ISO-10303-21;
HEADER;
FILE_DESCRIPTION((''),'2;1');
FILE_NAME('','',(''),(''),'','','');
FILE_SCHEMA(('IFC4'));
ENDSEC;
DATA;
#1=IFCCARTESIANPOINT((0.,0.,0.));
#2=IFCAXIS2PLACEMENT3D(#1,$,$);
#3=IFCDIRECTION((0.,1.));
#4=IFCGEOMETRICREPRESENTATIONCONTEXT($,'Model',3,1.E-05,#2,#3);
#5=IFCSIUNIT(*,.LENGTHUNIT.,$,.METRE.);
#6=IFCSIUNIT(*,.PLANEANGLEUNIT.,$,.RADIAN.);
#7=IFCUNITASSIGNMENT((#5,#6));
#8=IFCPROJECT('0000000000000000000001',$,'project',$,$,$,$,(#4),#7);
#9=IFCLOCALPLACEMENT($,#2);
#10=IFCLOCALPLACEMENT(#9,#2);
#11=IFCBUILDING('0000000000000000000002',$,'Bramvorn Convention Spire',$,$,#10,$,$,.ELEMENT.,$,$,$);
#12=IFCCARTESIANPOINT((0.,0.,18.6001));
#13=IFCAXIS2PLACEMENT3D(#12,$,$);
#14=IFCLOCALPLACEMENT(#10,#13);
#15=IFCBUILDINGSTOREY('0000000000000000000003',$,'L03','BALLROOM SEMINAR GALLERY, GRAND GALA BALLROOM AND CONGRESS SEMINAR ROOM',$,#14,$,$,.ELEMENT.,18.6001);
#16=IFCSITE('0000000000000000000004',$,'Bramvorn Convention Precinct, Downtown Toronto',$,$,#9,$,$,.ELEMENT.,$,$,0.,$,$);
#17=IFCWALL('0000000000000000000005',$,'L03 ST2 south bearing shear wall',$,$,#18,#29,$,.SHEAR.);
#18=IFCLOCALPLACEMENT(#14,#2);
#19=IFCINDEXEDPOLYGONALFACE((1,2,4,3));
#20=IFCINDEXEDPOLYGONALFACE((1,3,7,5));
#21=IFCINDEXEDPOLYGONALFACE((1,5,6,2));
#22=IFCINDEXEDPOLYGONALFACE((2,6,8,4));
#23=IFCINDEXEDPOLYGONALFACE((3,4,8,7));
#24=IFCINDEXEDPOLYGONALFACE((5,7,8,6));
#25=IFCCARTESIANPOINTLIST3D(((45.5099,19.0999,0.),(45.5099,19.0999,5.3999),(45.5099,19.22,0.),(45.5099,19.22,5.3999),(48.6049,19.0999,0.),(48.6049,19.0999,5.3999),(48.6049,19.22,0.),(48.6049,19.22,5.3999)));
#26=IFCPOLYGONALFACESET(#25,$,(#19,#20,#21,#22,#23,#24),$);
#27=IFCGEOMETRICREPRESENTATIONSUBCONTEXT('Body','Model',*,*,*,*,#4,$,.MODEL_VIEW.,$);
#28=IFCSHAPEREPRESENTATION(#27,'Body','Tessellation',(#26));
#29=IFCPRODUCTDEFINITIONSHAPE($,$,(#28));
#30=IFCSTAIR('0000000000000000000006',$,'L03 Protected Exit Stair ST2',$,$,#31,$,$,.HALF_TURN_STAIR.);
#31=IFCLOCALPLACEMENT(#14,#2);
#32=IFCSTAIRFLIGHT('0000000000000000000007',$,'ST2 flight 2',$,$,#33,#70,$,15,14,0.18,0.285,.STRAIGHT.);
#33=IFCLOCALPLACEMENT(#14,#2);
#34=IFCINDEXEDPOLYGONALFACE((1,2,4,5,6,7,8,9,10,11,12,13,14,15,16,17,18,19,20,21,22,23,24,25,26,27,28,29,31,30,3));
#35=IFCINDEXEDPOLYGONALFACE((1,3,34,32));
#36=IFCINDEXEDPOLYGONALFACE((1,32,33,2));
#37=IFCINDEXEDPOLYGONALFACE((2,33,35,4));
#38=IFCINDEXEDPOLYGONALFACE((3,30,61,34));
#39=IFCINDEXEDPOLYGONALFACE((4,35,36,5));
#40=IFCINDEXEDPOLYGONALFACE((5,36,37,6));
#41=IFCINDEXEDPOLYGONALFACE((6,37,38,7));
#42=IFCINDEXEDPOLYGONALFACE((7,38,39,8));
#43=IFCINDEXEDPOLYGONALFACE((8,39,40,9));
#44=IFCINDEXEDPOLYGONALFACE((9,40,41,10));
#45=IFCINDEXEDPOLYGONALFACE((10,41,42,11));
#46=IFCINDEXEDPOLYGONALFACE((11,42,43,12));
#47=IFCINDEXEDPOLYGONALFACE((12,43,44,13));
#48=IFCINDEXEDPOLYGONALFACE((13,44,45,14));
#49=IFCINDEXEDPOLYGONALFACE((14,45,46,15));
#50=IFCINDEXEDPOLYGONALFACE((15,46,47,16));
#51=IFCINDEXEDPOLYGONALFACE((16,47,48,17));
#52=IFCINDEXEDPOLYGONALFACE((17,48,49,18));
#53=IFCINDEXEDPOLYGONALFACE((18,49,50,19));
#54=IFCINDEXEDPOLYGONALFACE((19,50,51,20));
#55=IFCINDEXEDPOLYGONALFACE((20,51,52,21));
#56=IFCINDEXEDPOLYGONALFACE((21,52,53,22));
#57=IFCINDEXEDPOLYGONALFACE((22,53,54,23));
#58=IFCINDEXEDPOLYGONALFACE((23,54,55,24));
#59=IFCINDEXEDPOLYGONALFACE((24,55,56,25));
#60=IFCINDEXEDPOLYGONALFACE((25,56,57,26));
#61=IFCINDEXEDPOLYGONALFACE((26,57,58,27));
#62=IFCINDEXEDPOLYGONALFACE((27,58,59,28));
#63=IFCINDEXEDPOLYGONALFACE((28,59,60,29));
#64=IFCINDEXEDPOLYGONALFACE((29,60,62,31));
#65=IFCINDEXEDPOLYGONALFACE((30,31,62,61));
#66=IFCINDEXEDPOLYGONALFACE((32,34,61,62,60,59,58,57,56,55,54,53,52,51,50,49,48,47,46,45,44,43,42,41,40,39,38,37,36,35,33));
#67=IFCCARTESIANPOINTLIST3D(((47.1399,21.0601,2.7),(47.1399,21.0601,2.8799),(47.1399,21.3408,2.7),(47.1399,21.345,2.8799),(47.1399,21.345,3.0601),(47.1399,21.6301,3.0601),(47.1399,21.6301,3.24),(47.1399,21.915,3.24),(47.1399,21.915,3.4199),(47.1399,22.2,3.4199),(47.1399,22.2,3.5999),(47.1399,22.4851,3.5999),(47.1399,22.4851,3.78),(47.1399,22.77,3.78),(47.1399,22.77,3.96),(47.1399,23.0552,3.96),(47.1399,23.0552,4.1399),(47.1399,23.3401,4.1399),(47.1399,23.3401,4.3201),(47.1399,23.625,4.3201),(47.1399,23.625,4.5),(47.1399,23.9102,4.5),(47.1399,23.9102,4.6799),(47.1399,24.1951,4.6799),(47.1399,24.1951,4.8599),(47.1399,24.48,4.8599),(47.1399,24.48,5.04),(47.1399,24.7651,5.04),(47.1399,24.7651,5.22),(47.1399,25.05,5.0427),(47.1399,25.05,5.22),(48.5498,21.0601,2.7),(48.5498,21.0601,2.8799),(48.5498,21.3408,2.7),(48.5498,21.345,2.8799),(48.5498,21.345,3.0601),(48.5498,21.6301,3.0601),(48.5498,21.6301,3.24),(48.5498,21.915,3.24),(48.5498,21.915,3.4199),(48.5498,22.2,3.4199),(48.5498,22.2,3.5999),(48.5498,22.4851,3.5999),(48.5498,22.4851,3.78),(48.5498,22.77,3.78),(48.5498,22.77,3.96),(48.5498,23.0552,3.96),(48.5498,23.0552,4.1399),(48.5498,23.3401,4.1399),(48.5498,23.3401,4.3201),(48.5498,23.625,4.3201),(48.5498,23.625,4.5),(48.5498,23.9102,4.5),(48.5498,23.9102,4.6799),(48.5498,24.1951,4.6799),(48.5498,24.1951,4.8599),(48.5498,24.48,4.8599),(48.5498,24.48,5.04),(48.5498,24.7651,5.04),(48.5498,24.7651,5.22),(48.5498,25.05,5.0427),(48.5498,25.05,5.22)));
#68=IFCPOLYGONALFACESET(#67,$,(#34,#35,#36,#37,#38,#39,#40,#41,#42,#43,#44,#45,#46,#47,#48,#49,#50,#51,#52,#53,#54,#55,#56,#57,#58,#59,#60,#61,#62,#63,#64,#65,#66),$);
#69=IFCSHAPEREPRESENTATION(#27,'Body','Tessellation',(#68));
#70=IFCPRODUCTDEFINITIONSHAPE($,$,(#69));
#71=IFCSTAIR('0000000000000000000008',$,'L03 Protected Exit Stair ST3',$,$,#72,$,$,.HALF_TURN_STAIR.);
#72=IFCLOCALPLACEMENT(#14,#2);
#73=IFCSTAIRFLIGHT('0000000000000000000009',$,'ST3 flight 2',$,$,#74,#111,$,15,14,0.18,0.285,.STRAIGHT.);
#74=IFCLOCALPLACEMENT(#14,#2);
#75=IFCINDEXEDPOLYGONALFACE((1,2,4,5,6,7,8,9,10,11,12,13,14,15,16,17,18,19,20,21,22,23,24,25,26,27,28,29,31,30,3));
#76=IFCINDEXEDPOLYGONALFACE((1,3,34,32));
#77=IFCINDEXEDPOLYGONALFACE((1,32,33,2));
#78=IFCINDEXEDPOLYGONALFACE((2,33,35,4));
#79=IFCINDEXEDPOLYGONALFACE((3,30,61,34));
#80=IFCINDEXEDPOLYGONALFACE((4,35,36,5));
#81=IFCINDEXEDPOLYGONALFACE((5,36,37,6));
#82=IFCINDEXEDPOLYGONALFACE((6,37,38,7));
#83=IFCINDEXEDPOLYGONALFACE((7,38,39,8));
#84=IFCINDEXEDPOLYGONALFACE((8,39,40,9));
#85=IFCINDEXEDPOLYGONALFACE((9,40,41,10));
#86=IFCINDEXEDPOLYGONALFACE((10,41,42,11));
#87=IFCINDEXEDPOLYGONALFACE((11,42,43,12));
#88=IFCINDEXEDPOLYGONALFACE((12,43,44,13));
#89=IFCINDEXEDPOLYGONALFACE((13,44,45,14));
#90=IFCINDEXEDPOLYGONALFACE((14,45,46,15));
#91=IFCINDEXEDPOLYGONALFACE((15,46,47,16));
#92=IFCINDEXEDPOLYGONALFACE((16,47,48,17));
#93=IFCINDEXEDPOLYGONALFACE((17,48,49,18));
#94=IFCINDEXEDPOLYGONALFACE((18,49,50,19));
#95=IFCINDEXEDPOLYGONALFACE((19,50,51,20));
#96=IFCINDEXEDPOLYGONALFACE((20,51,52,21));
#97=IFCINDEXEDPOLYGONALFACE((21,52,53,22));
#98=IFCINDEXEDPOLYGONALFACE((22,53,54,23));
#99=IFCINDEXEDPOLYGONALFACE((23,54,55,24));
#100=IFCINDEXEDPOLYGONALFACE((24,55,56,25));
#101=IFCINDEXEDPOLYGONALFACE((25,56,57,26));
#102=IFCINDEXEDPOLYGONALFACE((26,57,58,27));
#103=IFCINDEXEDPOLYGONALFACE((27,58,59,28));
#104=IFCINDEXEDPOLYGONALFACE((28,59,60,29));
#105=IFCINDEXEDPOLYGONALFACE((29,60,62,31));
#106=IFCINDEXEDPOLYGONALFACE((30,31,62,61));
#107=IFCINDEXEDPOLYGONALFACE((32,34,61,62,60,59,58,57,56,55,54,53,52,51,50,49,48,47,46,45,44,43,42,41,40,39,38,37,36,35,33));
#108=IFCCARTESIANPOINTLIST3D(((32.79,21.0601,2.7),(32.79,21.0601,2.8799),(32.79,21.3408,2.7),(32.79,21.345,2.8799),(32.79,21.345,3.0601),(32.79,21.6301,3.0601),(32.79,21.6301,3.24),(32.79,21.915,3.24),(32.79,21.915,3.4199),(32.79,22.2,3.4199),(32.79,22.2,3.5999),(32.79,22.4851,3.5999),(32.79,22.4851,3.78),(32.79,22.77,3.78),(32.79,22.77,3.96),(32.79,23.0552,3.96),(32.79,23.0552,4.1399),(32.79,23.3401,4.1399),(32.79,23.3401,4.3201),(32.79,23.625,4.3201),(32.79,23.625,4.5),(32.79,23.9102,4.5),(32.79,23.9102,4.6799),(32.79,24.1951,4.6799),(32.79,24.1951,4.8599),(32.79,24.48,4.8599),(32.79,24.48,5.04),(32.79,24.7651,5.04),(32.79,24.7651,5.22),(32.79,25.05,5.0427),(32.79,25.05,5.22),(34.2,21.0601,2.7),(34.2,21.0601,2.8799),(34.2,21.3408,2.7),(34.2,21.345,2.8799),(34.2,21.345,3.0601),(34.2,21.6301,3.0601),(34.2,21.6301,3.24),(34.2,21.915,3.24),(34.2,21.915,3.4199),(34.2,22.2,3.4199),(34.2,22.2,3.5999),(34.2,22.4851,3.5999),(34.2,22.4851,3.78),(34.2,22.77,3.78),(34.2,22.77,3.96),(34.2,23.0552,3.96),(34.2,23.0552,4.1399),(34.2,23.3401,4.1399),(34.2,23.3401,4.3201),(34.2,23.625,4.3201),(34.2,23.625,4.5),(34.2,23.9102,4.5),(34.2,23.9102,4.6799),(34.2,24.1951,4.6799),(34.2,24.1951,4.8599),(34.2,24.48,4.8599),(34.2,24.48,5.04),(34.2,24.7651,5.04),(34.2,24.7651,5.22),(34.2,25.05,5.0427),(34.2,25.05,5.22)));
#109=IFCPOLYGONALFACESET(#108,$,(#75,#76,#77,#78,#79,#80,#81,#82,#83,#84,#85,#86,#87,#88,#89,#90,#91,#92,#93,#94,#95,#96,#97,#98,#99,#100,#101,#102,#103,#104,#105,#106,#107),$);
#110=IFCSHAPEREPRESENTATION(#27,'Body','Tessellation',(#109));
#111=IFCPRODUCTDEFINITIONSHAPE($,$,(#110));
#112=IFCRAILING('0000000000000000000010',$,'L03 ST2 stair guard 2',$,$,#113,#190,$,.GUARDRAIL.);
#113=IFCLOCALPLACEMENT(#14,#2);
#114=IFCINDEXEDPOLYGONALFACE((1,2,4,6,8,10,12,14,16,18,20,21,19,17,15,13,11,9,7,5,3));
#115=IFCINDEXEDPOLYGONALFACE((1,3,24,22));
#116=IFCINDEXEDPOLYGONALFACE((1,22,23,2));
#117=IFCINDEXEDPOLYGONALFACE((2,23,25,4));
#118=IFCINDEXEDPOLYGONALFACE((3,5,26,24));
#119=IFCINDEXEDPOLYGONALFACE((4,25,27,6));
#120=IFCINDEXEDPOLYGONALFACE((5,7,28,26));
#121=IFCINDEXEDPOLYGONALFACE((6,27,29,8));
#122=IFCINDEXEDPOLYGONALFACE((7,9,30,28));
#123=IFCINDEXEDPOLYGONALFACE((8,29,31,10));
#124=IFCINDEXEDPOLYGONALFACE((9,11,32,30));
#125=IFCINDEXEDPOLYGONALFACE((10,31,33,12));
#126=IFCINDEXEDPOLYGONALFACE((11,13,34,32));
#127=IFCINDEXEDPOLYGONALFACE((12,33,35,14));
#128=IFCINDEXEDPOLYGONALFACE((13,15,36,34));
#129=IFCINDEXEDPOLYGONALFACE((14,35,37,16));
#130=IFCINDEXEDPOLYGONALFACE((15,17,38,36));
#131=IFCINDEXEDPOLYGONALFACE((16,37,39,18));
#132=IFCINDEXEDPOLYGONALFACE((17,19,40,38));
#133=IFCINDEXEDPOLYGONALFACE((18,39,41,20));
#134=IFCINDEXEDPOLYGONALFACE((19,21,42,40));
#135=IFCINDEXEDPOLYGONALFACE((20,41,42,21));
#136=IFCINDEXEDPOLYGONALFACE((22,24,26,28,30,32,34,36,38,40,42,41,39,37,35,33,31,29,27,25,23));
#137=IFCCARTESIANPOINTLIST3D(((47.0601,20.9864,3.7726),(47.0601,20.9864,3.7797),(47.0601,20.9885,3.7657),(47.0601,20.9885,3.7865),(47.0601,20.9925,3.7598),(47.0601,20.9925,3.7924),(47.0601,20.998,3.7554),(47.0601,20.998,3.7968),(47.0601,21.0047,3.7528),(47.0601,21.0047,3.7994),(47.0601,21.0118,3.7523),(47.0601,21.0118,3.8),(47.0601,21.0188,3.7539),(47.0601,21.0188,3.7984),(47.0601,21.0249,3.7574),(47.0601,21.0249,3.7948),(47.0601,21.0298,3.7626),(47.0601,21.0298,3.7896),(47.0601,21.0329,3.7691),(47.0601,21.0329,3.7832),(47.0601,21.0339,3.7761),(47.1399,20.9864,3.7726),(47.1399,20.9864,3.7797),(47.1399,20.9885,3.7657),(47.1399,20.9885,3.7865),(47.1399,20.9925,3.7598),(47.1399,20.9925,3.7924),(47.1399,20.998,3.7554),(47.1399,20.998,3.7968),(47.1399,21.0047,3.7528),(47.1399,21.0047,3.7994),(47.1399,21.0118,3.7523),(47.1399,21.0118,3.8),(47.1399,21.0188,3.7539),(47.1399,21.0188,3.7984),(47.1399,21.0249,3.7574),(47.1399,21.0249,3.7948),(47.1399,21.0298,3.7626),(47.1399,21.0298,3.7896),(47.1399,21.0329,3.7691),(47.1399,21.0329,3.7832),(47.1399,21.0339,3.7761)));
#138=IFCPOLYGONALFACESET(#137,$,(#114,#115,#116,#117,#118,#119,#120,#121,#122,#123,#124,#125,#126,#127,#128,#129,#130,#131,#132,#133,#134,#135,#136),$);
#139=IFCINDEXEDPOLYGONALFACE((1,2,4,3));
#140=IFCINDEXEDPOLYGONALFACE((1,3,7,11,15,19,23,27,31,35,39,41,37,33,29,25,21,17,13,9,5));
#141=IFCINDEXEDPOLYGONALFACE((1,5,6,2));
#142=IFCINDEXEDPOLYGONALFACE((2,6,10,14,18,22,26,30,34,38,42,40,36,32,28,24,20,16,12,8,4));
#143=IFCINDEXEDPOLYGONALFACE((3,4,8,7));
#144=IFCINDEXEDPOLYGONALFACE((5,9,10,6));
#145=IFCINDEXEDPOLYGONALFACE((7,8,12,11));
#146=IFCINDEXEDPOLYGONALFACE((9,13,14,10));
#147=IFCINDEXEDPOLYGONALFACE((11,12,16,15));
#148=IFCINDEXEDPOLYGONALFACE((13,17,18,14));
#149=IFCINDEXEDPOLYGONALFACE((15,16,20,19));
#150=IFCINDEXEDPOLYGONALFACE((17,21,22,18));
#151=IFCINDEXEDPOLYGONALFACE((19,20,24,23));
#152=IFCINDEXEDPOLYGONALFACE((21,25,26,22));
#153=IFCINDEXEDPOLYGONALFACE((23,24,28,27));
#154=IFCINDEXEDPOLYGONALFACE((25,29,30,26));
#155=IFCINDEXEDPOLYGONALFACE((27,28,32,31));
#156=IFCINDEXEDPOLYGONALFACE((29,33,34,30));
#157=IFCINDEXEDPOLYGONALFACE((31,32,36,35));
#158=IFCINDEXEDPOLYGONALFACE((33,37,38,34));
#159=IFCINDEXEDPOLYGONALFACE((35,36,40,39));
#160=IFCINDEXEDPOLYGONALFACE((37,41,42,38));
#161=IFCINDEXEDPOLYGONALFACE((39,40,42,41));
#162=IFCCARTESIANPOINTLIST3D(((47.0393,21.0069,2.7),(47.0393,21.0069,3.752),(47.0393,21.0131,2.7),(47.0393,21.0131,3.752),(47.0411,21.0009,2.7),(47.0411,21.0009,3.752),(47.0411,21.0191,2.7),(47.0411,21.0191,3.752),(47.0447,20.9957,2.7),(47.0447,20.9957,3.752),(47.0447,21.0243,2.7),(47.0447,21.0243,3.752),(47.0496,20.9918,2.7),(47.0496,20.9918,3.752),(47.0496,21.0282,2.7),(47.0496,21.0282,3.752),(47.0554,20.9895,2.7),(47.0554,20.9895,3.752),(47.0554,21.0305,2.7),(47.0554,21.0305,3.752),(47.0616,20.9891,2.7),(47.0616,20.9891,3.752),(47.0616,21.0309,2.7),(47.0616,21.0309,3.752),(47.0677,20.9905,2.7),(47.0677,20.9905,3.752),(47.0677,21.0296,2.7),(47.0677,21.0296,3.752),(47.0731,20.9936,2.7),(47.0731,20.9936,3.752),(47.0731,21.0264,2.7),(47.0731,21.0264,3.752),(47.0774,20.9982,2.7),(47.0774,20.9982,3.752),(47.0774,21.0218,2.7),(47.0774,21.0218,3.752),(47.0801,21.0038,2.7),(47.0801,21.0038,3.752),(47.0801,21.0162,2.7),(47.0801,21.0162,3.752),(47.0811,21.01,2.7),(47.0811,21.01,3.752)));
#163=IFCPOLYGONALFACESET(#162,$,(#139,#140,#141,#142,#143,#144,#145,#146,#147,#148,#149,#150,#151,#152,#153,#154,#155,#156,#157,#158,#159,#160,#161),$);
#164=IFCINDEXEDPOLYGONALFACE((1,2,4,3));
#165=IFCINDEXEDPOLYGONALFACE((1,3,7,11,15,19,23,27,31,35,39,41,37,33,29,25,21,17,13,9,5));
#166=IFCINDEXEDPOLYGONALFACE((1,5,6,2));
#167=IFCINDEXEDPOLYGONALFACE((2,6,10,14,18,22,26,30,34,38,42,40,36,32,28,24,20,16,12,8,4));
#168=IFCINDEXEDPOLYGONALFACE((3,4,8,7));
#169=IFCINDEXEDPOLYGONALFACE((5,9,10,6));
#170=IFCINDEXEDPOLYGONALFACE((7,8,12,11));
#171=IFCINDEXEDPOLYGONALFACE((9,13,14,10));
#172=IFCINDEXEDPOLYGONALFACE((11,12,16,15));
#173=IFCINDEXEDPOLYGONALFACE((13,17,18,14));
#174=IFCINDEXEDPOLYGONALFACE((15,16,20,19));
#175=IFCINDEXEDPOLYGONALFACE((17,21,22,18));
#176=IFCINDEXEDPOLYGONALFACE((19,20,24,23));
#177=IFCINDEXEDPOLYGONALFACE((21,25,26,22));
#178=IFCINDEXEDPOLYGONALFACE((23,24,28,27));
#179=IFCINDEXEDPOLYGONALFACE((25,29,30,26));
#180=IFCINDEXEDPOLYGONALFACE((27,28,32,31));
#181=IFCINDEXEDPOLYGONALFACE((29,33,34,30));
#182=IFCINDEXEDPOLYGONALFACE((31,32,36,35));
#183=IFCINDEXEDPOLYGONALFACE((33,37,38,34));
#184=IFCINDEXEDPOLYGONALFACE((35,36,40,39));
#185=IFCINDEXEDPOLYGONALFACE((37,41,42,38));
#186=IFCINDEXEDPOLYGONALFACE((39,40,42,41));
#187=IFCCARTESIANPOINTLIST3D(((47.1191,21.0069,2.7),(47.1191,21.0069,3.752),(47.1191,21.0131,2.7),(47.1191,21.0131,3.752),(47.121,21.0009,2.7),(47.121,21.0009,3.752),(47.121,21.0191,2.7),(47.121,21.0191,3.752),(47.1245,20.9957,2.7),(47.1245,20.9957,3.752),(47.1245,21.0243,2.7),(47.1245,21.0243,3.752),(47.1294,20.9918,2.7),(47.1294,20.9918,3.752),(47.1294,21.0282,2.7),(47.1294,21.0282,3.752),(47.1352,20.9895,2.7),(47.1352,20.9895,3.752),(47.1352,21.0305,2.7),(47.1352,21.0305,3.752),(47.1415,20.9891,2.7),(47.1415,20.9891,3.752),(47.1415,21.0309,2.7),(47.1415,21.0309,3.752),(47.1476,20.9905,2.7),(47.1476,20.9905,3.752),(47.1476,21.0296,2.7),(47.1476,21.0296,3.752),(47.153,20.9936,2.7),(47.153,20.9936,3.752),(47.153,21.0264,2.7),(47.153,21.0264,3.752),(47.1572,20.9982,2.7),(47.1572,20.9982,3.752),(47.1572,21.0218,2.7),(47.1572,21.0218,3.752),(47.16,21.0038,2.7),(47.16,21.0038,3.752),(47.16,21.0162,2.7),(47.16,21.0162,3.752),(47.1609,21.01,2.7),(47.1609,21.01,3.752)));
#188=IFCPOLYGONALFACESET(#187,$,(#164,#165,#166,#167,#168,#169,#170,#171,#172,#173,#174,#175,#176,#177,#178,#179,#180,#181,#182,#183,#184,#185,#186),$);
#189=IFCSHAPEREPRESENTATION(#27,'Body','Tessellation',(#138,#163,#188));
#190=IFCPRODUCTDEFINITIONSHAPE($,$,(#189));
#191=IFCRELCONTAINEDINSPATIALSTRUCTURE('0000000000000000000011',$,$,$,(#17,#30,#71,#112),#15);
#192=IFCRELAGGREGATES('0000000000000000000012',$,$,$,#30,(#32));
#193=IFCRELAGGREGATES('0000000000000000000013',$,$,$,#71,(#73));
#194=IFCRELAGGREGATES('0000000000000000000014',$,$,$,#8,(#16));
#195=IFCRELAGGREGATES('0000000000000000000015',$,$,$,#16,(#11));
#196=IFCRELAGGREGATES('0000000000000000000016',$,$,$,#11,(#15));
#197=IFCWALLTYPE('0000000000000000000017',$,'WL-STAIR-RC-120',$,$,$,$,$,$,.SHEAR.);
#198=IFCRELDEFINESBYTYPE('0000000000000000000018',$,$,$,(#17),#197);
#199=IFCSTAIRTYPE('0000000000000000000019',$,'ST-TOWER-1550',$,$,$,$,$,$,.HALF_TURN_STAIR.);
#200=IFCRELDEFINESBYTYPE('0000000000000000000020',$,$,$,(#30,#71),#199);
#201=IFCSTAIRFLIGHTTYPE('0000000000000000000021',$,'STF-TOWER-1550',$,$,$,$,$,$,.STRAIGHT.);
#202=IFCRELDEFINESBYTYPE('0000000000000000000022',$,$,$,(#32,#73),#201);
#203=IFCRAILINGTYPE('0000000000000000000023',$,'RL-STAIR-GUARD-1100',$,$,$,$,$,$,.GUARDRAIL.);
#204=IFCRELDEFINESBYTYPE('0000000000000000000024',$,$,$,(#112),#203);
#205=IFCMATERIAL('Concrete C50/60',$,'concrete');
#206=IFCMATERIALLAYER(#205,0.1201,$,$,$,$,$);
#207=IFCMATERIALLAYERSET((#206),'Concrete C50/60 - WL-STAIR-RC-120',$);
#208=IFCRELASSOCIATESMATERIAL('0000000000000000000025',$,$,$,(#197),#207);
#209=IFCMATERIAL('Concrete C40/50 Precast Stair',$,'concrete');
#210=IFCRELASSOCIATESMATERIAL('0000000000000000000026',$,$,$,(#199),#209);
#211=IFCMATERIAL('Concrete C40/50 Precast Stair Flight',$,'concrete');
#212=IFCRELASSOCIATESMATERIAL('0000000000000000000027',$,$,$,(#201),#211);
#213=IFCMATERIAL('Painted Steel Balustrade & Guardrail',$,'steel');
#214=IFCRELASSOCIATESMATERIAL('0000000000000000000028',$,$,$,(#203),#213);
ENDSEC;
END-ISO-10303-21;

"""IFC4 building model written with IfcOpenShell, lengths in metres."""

from ifc_helpers import new_model, si_unit, direction, frame, frame_2d, origin, origin_2d, place, context, subcontext, project, spatial, polyline, rectangle, circle, outline, extrude, material, layer, layer_set, type_object, element, aggregate, save


model = new_model("IFC4")

# Units and contexts
model_context = context("Model", 3, precision=1e-05, world=origin(), true_north=direction((0.0, 1.0)))
body_context = subcontext(model_context, "Body", "Model", "MODEL_VIEW")
ifc_project = project(units=[si_unit("LENGTHUNIT", "METRE"), si_unit("PLANEANGLEUNIT", "RADIAN")], contexts=[model_context])

# Site, building, storey
site_placement = place(None, origin())
site = spatial("IfcSite", under=ifc_project, at=site_placement, Name="Bramvorn Convention Precinct, Downtown Toronto", CompositionType="ELEMENT", RefElevation=0.0)
building_placement = place(site_placement, origin())
building = spatial("IfcBuilding", under=site, at=building_placement, Name="Bramvorn Convention Spire", CompositionType="ELEMENT")
storey_placement = place(building_placement, frame((0.0, 0.0, 18.6001)))
storey = spatial("IfcBuildingStorey", under=building, at=storey_placement, Name="L03", Description="BALLROOM SEMINAR GALLERY, GRAND GALA BALLROOM AND CONGRESS SEMINAR ROOM", CompositionType="ELEMENT", Elevation=18.6001)

# Shared definitions
ifc_material_1 = material(Name="Concrete C50/60", Category="concrete")

# Wall
ifc_layer_1 = layer(ifc_material_1, 0.1201)
ifc_layer_set_1 = layer_set([ifc_layer_1], Name="Concrete C50/60 - WL-STAIR-RC-120")
wall_type_1 = type_object("IfcWallType", Name="WL-STAIR-RC-120", PredefinedType="SHEAR", material=ifc_layer_set_1)
wall_1_placement = place(storey_placement, frame((45.51, 19.1599, 0.0), z_axis=(0.0, 0.0, 1.0), x_axis=(1.0, 0.0, 0.0)))
element("IfcWall", 1, at=wall_1_placement, inside=storey, type_object=wall_type_1, Name="L03 ST2 south bearing shear wall", PredefinedType="SHEAR", context=body_context, shape_type="SweptSolid", body=[
    extrude(rectangle(XDim=3.095, YDim=0.1201, at=frame_2d((1.5474, 0.0))), origin(), (0.0, 0.0, 1.0), 5.3999),
])

# Stairs, stair flights
ifc_material_2 = material(Name="Concrete C40/50 Precast Stair", Category="concrete")
stair_type = type_object("IfcStairType", Name="ST-TOWER-1550", PredefinedType="HALF_TURN_STAIR", material=ifc_material_2)
stair_1_placement = place(storey_placement, origin())
stair_1 = element("IfcStair", 2, at=stair_1_placement, inside=storey, type_object=stair_type, Name="L03 Protected Exit Stair ST2", PredefinedType="HALF_TURN_STAIR")
ifc_material_3 = material(Name="Concrete C40/50 Precast Stair Flight", Category="concrete")
stair_flight_type = type_object("IfcStairFlightType", Name="STF-TOWER-1550", PredefinedType="STRAIGHT", material=ifc_material_3)
stair_flight_1_placement = place(storey_placement, frame((47.845, 21.0601, 2.7), z_axis=(0.0, 0.0, 1.0), x_axis=(0.0, 1.0, 0.0)))
stair_flight_1 = element("IfcStairFlight", 3, at=stair_flight_1_placement, type_object=stair_flight_type, Name="ST2 flight 2", NumberOfRisers=15, NumberOfTreads=14, PredefinedType="STRAIGHT", RiserHeight=0.18, TreadLength=0.285, context=body_context, shape_type="SweptSolid", body=[
    extrude(outline(polyline([(0.0, 0.0), (0.0, 0.1799), (0.2849, 0.1799), (0.2849, 0.3601), (0.5701, 0.3601), (0.5701, 0.54), (0.855, 0.54), (0.855, 0.72), (1.1399, 0.72), (1.1399, 0.8999), (1.425, 0.8999), (1.425, 1.0801), (1.71, 1.0801), (1.71, 1.26), (1.9951, 1.26), (1.9951, 1.4399), (2.28, 1.4399), (2.28, 1.6201), (2.5649, 1.6201), (2.5649, 1.8), (2.8501, 1.8), (2.8501, 1.98), (3.135, 1.98), (3.135, 2.1599), (3.4199, 2.1599), (3.4199, 2.3401), (3.7051, 2.3401), (3.7051, 2.52), (3.99, 2.52), (3.99, 2.7), (3.99, 2.3428), (0.2808, 0.0), (0.0, 0.0)])), frame((0.0, 0.7051, 0.0), z_axis=(0.0, -1.0, 0.0), x_axis=(1.0, 0.0, 0.0)), (0.0, 0.0, 1.0), 1.4099),
])
aggregate(stair_1, [stair_flight_1])
stair_2_placement = place(storey_placement, origin())
stair_2 = element("IfcStair", 4, at=stair_2_placement, inside=storey, type_object=stair_type, Name="L03 Protected Exit Stair ST3", PredefinedType="HALF_TURN_STAIR")
stair_flight_2_placement = place(storey_placement, frame((33.4951, 21.0601, 2.7), z_axis=(0.0, 0.0, 1.0), x_axis=(0.0, 1.0, 0.0)))
stair_flight_2 = element("IfcStairFlight", 5, at=stair_flight_2_placement, type_object=stair_flight_type, Name="ST3 flight 2", NumberOfRisers=15, NumberOfTreads=14, PredefinedType="STRAIGHT", RiserHeight=0.18, TreadLength=0.285, context=body_context, shape_type="SweptSolid", body=[
    extrude(outline(polyline([(0.0, 0.0), (0.0, 0.1799), (0.2849, 0.1799), (0.2849, 0.3601), (0.5701, 0.3601), (0.5701, 0.54), (0.855, 0.54), (0.855, 0.72), (1.1399, 0.72), (1.1399, 0.8999), (1.425, 0.8999), (1.425, 1.0801), (1.71, 1.0801), (1.71, 1.26), (1.9951, 1.26), (1.9951, 1.4399), (2.28, 1.4399), (2.28, 1.6201), (2.5649, 1.6201), (2.5649, 1.8), (2.8501, 1.8), (2.8501, 1.98), (3.135, 1.98), (3.135, 2.1599), (3.4199, 2.1599), (3.4199, 2.3401), (3.7051, 2.3401), (3.7051, 2.52), (3.99, 2.52), (3.99, 2.7), (3.99, 2.3428), (0.2808, 0.0), (0.0, 0.0)])), frame((0.0, 0.7051, 0.0), z_axis=(0.0, -1.0, 0.0), x_axis=(1.0, 0.0, 0.0)), (0.0, 0.0, 1.0), 1.4099),
])
aggregate(stair_2, [stair_flight_2])

# Railing
ifc_material_4 = material(Name="Painted Steel Balustrade & Guardrail", Category="steel")
railing_type_1 = type_object("IfcRailingType", Name="RL-STAIR-GUARD-1100", PredefinedType="GUARDRAIL", material=ifc_material_4)
railing_1_placement = place(storey_placement, frame((47.0601, 21.01, 2.7)))
element("IfcRailing", 6, at=railing_1_placement, inside=storey, type_object=railing_type_1, Name="L03 ST2 stair guard 2", PredefinedType="GUARDRAIL", context=body_context, shape_type="SweptSolid", body=[
    extrude(circle(Radius=0.0239, at=origin_2d()), frame((0.0, 0.0, 1.0762), z_axis=(1.0, 0.0, 0.0), x_axis=(0.0, 1.0, 0.0)), (0.0, 0.0, 1.0), 0.0798),
    extrude(circle(Radius=0.021, at=origin_2d()), origin(), (0.0, 0.0, 1.0), 1.052),
    extrude(circle(Radius=0.021, at=origin_2d()), frame((0.0798, 0.0, 0.0)), (0.0, 0.0, 1.0), 1.052),
])

save(model, "model.ifc")
